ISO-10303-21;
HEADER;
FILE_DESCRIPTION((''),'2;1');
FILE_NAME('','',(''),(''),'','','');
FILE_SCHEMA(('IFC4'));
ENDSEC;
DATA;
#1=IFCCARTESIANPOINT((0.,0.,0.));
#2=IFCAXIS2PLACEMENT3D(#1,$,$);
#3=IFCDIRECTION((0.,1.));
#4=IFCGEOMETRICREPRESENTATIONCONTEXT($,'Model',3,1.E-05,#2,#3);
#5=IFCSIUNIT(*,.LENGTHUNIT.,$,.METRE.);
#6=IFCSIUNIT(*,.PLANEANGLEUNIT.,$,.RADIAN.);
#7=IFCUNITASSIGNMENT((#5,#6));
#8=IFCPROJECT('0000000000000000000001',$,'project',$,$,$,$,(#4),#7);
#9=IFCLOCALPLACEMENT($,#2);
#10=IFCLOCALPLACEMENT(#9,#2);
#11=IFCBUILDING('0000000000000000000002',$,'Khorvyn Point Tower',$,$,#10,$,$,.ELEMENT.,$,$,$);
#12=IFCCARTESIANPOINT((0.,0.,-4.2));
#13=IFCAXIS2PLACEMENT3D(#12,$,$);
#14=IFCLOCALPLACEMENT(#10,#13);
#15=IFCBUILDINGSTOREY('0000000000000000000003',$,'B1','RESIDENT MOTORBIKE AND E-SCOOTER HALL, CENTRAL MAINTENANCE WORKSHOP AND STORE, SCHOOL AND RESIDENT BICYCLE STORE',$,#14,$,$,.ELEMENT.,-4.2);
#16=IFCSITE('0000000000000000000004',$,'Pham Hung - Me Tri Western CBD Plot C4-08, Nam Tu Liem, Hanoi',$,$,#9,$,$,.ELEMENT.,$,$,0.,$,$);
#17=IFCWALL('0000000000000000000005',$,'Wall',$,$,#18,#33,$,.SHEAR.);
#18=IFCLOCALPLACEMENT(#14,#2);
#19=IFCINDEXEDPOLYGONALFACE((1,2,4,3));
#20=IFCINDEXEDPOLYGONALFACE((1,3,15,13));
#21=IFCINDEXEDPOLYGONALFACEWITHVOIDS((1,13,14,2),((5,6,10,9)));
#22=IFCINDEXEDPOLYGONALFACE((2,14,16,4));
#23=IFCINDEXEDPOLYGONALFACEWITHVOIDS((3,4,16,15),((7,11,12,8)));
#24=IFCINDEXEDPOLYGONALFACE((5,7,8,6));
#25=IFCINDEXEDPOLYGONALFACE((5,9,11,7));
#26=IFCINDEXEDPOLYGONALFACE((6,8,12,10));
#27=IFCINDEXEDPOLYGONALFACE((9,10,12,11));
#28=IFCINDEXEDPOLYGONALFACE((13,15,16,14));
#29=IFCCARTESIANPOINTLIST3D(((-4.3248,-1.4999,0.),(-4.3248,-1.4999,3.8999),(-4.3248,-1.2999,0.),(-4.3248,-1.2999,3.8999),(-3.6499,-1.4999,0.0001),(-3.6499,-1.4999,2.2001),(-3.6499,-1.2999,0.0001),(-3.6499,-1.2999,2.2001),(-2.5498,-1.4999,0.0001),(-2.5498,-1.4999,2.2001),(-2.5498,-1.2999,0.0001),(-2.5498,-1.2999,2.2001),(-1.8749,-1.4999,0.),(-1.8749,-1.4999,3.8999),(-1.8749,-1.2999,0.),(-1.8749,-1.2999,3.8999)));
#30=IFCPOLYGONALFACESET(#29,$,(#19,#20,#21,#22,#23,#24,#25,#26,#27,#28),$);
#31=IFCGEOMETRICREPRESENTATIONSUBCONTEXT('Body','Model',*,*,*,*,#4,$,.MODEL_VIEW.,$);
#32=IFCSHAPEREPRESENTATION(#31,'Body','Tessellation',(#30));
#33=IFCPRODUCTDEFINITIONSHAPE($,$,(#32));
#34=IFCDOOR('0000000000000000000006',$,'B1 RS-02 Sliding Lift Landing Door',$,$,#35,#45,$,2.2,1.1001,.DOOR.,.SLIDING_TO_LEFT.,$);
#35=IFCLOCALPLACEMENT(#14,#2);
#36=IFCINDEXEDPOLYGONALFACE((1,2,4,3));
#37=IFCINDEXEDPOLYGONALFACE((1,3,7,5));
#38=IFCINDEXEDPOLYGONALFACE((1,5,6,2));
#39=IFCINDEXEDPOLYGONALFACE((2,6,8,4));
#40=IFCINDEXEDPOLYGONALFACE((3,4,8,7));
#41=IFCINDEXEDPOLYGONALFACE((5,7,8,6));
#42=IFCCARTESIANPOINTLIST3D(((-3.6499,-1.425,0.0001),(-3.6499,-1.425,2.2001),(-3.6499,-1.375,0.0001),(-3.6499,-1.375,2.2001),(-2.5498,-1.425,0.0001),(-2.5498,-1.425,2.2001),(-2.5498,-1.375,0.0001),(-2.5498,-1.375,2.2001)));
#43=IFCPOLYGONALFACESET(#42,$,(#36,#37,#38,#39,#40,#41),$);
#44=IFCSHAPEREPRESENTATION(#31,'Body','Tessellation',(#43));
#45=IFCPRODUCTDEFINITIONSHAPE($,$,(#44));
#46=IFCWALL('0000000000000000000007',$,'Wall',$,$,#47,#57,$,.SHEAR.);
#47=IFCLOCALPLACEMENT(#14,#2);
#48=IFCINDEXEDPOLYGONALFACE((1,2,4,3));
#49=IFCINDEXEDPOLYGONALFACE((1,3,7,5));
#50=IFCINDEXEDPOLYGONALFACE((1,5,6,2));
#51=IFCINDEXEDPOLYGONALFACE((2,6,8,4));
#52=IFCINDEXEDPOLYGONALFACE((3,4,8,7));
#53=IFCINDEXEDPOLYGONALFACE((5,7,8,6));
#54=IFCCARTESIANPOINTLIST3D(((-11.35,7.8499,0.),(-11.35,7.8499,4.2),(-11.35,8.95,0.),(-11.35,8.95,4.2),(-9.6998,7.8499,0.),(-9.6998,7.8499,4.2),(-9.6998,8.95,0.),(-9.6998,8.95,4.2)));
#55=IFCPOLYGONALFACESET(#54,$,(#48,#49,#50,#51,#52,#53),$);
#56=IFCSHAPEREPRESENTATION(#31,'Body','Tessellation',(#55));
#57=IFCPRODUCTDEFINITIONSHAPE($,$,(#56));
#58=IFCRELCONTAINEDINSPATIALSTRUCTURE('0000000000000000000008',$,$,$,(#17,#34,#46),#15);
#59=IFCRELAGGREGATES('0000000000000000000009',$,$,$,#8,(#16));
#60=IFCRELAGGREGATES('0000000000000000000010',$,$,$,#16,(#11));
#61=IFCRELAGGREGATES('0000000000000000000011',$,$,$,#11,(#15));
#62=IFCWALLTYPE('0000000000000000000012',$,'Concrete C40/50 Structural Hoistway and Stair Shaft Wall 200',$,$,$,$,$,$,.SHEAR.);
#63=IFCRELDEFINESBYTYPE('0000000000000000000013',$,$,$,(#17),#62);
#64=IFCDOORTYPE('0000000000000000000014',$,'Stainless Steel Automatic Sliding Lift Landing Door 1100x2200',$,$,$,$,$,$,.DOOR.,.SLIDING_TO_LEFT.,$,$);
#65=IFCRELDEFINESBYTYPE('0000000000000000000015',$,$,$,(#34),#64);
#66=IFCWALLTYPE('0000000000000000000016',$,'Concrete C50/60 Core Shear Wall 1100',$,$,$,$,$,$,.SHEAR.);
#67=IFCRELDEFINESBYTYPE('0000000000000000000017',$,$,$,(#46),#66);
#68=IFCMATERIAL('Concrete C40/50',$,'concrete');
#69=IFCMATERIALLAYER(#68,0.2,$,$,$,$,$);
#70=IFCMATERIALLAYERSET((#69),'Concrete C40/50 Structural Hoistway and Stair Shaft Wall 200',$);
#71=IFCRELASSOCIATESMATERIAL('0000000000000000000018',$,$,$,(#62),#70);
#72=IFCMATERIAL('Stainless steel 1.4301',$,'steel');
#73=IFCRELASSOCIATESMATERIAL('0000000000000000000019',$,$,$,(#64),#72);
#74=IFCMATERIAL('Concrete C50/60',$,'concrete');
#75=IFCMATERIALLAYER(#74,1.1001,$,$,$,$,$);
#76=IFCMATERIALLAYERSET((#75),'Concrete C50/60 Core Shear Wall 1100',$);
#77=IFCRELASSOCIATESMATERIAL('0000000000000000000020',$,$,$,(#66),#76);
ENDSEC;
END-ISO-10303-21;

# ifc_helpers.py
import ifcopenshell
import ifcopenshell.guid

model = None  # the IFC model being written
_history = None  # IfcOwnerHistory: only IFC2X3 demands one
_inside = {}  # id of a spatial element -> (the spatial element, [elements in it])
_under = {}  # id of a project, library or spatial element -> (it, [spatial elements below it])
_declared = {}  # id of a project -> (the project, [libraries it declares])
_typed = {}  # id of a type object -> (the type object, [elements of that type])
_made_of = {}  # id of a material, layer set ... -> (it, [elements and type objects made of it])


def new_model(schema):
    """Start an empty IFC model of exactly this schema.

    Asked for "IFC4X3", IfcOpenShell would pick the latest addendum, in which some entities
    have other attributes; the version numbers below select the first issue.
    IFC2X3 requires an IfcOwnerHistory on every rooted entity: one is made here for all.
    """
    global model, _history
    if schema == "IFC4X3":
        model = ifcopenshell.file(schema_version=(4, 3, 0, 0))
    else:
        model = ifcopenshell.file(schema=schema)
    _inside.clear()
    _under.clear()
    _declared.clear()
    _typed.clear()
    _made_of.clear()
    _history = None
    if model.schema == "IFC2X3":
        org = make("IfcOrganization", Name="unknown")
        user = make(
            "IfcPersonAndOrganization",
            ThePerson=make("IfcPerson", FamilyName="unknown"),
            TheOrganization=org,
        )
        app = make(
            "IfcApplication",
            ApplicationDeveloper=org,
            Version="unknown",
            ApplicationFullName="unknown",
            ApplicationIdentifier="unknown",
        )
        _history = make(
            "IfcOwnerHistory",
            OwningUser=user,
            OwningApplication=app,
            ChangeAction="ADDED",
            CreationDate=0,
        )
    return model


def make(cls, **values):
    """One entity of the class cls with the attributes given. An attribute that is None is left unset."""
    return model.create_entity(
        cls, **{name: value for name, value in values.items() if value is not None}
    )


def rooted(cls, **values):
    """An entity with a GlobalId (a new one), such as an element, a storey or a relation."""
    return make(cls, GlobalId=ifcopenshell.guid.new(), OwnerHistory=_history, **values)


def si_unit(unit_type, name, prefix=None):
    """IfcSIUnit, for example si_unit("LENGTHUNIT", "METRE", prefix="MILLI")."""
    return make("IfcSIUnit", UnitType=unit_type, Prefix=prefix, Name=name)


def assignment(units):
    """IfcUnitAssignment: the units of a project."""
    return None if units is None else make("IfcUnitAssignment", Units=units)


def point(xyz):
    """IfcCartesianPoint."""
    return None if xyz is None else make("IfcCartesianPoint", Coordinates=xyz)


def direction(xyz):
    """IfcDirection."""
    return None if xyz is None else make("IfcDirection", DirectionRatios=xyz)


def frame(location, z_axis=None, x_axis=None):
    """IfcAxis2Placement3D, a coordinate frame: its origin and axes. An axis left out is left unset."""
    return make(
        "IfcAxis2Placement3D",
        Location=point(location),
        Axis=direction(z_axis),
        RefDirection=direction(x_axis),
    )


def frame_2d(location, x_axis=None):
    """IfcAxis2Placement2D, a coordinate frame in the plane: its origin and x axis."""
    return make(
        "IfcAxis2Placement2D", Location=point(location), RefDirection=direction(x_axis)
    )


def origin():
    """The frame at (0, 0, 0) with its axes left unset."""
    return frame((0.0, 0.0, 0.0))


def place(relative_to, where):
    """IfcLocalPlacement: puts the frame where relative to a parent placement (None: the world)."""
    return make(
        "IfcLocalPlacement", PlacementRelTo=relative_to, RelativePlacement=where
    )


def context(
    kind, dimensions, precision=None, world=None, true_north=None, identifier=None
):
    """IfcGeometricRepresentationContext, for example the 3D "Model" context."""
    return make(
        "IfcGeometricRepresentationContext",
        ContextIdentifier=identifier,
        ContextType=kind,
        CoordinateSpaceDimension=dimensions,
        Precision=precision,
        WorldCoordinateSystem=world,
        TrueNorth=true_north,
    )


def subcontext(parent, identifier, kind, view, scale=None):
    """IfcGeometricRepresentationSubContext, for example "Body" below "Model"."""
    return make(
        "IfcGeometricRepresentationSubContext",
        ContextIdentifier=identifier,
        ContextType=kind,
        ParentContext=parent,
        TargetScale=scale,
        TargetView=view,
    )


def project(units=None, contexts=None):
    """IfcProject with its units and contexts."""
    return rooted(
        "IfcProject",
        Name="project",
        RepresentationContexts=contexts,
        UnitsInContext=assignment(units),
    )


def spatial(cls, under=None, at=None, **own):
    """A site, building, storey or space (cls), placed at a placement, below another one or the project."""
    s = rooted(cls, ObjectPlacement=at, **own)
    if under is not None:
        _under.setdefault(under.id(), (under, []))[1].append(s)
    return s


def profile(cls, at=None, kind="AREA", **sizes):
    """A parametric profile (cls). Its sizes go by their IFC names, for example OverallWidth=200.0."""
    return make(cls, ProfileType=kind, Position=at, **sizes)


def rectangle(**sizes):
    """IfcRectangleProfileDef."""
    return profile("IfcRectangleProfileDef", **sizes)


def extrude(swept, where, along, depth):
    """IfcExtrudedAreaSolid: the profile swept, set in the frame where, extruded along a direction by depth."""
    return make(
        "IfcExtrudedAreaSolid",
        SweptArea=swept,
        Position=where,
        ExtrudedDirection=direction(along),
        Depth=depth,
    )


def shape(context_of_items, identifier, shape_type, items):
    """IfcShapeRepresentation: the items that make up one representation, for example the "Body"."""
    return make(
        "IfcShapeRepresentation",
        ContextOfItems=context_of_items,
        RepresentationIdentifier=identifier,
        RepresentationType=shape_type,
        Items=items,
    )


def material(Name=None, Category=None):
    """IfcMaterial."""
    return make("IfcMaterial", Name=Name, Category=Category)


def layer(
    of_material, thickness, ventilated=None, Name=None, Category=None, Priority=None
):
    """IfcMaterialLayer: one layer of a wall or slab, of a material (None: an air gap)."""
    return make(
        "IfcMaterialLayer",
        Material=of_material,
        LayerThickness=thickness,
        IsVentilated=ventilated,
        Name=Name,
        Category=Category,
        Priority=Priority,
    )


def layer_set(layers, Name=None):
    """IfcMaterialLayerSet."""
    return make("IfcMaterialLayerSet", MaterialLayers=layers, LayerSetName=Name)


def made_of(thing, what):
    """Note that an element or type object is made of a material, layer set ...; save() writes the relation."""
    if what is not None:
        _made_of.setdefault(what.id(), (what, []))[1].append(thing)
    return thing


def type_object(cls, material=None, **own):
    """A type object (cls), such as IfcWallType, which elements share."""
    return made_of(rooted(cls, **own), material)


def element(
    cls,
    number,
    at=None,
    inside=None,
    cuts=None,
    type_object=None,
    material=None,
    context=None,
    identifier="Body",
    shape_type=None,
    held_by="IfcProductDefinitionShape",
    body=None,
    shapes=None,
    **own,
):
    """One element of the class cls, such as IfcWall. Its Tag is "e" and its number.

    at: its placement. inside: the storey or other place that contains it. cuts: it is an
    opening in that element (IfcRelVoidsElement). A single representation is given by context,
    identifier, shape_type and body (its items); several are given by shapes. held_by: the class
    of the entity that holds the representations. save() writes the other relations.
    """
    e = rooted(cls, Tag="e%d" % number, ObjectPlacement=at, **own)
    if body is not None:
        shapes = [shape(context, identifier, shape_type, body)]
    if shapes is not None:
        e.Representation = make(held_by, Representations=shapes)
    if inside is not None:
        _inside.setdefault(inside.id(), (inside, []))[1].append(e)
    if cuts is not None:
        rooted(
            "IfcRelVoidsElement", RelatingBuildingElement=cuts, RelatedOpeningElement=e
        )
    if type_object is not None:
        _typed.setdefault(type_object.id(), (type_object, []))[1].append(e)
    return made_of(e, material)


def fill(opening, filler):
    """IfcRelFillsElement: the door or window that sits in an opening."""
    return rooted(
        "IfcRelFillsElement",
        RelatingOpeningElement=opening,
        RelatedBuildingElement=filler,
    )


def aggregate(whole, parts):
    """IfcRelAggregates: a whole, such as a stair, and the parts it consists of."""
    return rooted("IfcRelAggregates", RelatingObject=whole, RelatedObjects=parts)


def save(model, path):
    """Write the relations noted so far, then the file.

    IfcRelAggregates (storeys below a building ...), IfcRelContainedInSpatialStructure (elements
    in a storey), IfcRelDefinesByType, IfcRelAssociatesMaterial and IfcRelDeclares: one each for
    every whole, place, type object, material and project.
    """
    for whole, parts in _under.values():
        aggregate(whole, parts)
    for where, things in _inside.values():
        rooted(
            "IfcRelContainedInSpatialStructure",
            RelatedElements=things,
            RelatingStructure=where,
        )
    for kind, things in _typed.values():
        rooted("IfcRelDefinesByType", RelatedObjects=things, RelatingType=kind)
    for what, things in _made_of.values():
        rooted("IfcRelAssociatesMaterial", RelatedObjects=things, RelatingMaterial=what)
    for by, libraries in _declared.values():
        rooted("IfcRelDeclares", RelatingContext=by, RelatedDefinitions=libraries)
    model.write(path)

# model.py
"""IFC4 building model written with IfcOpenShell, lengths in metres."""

from ifc_helpers import new_model, si_unit, direction, frame, frame_2d, origin, place, context, subcontext, project, spatial, rectangle, extrude, material, layer, layer_set, type_object, element, fill, save


model = new_model("IFC4")

# Units and contexts
model_context = context("Model", 3, precision=1e-05, world=origin(), true_north=direction((0.0, 1.0)))
body_context = subcontext(model_context, "Body", "Model", "MODEL_VIEW")
ifc_project = project(units=[si_unit("LENGTHUNIT", "METRE"), si_unit("PLANEANGLEUNIT", "RADIAN")], contexts=[model_context])

# Site, building, storey
site_placement = place(None, origin())
site = spatial("IfcSite", under=ifc_project, at=site_placement, Name="Pham Hung - Me Tri Western CBD Plot C4-08, Nam Tu Liem, Hanoi", CompositionType="ELEMENT", RefElevation=0.0)
building_placement = place(site_placement, origin())
building = spatial("IfcBuilding", under=site, at=building_placement, Name="Khorvyn Point Tower", CompositionType="ELEMENT")
storey_placement = place(building_placement, frame((0.0, 0.0, -4.2)))
storey = spatial("IfcBuildingStorey", under=building, at=storey_placement, Name="B1", Description="RESIDENT MOTORBIKE AND E-SCOOTER HALL, CENTRAL MAINTENANCE WORKSHOP AND STORE, SCHOOL AND RESIDENT BICYCLE STORE", CompositionType="ELEMENT", Elevation=-4.2)

# Shared definitions
ifc_material_1 = material(Name="Concrete C40/50", Category="concrete")

# Shared definitions
ifc_material_2 = material(Name="Concrete C50/60", Category="concrete")

# Shared definitions
ifc_layer_1 = layer(ifc_material_1, 0.2)
ifc_layer_set_1 = layer_set([ifc_layer_1], Name="Concrete C40/50 Structural Hoistway and Stair Shaft Wall 200")
wall_type_1 = type_object("IfcWallType", Name="Concrete C40/50 Structural Hoistway and Stair Shaft Wall 200", PredefinedType="SHEAR", material=ifc_layer_set_1)

# Shared definitions
ifc_material_3 = material(Name="Stainless steel 1.4301", Category="steel")
door_type_1 = type_object("IfcDoorType", Name="Stainless Steel Automatic Sliding Lift Landing Door 1100x2200", OperationType="SLIDING_TO_LEFT", PredefinedType="DOOR", material=ifc_material_3)

# Wall, opening, door
wall_1_placement = place(storey_placement, frame((-4.325, -1.3999, 0.0), z_axis=(0.0, 0.0, 1.0), x_axis=(1.0, 0.0, 0.0)))
wall_1 = element("IfcWall", 1, at=wall_1_placement, inside=storey, type_object=wall_type_1, Name="Wall", PredefinedType="SHEAR", context=body_context, shape_type="SweptSolid", body=[
    extrude(rectangle(XDim=2.45, YDim=0.2, at=frame_2d((1.2251, 0.0))), origin(), (0.0, 0.0, 1.0), 3.8999),
])
opening_1_placement = place(wall_1_placement, frame((0.675, 0.0, 0.0)))
opening_1 = element("IfcOpeningElement", 2, at=opening_1_placement, cuts=wall_1, PredefinedType="OPENING", context=body_context, shape_type="SweptSolid", body=[
    extrude(rectangle(XDim=1.1001, YDim=2.2, at=frame_2d((0.55, 1.1001))), frame((0.0, 0.1099, 0.0), z_axis=(0.0, -1.0, 0.0), x_axis=(1.0, 0.0, 0.0)), (0.0, 0.0, 1.0), 0.22),
])
door_1_placement = place(opening_1_placement, origin())
door_1 = element("IfcDoor", 3, at=door_1_placement, inside=storey, type_object=door_type_1, Name="B1 RS-02 Sliding Lift Landing Door", OperationType="SLIDING_TO_LEFT", OverallHeight=2.2, OverallWidth=1.1001, PredefinedType="DOOR", context=body_context, shape_type="SweptSolid", body=[
    extrude(rectangle(XDim=1.1001, YDim=2.2, at=frame_2d((0.55, 1.1001))), frame((0.0, 0.0249, 0.0), z_axis=(0.0, -1.0, 0.0), x_axis=(1.0, 0.0, 0.0)), (0.0, 0.0, 1.0), 0.05),
])
fill(opening_1, door_1)

# Wall
ifc_layer_2 = layer(ifc_material_2, 1.1001)
ifc_layer_set_2 = layer_set([ifc_layer_2], Name="Concrete C50/60 Core Shear Wall 1100")
wall_type_2 = type_object("IfcWallType", Name="Concrete C50/60 Core Shear Wall 1100", PredefinedType="SHEAR", material=ifc_layer_set_2)
wall_2_placement = place(storey_placement, frame((-11.3501, 8.3999, 0.0), z_axis=(0.0, 0.0, 1.0), x_axis=(1.0, 0.0, 0.0)))
element("IfcWall", 4, at=wall_2_placement, inside=storey, type_object=wall_type_2, Name="Wall", PredefinedType="SHEAR", context=body_context, shape_type="SweptSolid", body=[
    extrude(rectangle(XDim=1.6501, YDim=1.1001, at=frame_2d((0.8252, 0.0))), origin(), (0.0, 0.0, 1.0), 4.2),
])

save(model, "model.ifc")
